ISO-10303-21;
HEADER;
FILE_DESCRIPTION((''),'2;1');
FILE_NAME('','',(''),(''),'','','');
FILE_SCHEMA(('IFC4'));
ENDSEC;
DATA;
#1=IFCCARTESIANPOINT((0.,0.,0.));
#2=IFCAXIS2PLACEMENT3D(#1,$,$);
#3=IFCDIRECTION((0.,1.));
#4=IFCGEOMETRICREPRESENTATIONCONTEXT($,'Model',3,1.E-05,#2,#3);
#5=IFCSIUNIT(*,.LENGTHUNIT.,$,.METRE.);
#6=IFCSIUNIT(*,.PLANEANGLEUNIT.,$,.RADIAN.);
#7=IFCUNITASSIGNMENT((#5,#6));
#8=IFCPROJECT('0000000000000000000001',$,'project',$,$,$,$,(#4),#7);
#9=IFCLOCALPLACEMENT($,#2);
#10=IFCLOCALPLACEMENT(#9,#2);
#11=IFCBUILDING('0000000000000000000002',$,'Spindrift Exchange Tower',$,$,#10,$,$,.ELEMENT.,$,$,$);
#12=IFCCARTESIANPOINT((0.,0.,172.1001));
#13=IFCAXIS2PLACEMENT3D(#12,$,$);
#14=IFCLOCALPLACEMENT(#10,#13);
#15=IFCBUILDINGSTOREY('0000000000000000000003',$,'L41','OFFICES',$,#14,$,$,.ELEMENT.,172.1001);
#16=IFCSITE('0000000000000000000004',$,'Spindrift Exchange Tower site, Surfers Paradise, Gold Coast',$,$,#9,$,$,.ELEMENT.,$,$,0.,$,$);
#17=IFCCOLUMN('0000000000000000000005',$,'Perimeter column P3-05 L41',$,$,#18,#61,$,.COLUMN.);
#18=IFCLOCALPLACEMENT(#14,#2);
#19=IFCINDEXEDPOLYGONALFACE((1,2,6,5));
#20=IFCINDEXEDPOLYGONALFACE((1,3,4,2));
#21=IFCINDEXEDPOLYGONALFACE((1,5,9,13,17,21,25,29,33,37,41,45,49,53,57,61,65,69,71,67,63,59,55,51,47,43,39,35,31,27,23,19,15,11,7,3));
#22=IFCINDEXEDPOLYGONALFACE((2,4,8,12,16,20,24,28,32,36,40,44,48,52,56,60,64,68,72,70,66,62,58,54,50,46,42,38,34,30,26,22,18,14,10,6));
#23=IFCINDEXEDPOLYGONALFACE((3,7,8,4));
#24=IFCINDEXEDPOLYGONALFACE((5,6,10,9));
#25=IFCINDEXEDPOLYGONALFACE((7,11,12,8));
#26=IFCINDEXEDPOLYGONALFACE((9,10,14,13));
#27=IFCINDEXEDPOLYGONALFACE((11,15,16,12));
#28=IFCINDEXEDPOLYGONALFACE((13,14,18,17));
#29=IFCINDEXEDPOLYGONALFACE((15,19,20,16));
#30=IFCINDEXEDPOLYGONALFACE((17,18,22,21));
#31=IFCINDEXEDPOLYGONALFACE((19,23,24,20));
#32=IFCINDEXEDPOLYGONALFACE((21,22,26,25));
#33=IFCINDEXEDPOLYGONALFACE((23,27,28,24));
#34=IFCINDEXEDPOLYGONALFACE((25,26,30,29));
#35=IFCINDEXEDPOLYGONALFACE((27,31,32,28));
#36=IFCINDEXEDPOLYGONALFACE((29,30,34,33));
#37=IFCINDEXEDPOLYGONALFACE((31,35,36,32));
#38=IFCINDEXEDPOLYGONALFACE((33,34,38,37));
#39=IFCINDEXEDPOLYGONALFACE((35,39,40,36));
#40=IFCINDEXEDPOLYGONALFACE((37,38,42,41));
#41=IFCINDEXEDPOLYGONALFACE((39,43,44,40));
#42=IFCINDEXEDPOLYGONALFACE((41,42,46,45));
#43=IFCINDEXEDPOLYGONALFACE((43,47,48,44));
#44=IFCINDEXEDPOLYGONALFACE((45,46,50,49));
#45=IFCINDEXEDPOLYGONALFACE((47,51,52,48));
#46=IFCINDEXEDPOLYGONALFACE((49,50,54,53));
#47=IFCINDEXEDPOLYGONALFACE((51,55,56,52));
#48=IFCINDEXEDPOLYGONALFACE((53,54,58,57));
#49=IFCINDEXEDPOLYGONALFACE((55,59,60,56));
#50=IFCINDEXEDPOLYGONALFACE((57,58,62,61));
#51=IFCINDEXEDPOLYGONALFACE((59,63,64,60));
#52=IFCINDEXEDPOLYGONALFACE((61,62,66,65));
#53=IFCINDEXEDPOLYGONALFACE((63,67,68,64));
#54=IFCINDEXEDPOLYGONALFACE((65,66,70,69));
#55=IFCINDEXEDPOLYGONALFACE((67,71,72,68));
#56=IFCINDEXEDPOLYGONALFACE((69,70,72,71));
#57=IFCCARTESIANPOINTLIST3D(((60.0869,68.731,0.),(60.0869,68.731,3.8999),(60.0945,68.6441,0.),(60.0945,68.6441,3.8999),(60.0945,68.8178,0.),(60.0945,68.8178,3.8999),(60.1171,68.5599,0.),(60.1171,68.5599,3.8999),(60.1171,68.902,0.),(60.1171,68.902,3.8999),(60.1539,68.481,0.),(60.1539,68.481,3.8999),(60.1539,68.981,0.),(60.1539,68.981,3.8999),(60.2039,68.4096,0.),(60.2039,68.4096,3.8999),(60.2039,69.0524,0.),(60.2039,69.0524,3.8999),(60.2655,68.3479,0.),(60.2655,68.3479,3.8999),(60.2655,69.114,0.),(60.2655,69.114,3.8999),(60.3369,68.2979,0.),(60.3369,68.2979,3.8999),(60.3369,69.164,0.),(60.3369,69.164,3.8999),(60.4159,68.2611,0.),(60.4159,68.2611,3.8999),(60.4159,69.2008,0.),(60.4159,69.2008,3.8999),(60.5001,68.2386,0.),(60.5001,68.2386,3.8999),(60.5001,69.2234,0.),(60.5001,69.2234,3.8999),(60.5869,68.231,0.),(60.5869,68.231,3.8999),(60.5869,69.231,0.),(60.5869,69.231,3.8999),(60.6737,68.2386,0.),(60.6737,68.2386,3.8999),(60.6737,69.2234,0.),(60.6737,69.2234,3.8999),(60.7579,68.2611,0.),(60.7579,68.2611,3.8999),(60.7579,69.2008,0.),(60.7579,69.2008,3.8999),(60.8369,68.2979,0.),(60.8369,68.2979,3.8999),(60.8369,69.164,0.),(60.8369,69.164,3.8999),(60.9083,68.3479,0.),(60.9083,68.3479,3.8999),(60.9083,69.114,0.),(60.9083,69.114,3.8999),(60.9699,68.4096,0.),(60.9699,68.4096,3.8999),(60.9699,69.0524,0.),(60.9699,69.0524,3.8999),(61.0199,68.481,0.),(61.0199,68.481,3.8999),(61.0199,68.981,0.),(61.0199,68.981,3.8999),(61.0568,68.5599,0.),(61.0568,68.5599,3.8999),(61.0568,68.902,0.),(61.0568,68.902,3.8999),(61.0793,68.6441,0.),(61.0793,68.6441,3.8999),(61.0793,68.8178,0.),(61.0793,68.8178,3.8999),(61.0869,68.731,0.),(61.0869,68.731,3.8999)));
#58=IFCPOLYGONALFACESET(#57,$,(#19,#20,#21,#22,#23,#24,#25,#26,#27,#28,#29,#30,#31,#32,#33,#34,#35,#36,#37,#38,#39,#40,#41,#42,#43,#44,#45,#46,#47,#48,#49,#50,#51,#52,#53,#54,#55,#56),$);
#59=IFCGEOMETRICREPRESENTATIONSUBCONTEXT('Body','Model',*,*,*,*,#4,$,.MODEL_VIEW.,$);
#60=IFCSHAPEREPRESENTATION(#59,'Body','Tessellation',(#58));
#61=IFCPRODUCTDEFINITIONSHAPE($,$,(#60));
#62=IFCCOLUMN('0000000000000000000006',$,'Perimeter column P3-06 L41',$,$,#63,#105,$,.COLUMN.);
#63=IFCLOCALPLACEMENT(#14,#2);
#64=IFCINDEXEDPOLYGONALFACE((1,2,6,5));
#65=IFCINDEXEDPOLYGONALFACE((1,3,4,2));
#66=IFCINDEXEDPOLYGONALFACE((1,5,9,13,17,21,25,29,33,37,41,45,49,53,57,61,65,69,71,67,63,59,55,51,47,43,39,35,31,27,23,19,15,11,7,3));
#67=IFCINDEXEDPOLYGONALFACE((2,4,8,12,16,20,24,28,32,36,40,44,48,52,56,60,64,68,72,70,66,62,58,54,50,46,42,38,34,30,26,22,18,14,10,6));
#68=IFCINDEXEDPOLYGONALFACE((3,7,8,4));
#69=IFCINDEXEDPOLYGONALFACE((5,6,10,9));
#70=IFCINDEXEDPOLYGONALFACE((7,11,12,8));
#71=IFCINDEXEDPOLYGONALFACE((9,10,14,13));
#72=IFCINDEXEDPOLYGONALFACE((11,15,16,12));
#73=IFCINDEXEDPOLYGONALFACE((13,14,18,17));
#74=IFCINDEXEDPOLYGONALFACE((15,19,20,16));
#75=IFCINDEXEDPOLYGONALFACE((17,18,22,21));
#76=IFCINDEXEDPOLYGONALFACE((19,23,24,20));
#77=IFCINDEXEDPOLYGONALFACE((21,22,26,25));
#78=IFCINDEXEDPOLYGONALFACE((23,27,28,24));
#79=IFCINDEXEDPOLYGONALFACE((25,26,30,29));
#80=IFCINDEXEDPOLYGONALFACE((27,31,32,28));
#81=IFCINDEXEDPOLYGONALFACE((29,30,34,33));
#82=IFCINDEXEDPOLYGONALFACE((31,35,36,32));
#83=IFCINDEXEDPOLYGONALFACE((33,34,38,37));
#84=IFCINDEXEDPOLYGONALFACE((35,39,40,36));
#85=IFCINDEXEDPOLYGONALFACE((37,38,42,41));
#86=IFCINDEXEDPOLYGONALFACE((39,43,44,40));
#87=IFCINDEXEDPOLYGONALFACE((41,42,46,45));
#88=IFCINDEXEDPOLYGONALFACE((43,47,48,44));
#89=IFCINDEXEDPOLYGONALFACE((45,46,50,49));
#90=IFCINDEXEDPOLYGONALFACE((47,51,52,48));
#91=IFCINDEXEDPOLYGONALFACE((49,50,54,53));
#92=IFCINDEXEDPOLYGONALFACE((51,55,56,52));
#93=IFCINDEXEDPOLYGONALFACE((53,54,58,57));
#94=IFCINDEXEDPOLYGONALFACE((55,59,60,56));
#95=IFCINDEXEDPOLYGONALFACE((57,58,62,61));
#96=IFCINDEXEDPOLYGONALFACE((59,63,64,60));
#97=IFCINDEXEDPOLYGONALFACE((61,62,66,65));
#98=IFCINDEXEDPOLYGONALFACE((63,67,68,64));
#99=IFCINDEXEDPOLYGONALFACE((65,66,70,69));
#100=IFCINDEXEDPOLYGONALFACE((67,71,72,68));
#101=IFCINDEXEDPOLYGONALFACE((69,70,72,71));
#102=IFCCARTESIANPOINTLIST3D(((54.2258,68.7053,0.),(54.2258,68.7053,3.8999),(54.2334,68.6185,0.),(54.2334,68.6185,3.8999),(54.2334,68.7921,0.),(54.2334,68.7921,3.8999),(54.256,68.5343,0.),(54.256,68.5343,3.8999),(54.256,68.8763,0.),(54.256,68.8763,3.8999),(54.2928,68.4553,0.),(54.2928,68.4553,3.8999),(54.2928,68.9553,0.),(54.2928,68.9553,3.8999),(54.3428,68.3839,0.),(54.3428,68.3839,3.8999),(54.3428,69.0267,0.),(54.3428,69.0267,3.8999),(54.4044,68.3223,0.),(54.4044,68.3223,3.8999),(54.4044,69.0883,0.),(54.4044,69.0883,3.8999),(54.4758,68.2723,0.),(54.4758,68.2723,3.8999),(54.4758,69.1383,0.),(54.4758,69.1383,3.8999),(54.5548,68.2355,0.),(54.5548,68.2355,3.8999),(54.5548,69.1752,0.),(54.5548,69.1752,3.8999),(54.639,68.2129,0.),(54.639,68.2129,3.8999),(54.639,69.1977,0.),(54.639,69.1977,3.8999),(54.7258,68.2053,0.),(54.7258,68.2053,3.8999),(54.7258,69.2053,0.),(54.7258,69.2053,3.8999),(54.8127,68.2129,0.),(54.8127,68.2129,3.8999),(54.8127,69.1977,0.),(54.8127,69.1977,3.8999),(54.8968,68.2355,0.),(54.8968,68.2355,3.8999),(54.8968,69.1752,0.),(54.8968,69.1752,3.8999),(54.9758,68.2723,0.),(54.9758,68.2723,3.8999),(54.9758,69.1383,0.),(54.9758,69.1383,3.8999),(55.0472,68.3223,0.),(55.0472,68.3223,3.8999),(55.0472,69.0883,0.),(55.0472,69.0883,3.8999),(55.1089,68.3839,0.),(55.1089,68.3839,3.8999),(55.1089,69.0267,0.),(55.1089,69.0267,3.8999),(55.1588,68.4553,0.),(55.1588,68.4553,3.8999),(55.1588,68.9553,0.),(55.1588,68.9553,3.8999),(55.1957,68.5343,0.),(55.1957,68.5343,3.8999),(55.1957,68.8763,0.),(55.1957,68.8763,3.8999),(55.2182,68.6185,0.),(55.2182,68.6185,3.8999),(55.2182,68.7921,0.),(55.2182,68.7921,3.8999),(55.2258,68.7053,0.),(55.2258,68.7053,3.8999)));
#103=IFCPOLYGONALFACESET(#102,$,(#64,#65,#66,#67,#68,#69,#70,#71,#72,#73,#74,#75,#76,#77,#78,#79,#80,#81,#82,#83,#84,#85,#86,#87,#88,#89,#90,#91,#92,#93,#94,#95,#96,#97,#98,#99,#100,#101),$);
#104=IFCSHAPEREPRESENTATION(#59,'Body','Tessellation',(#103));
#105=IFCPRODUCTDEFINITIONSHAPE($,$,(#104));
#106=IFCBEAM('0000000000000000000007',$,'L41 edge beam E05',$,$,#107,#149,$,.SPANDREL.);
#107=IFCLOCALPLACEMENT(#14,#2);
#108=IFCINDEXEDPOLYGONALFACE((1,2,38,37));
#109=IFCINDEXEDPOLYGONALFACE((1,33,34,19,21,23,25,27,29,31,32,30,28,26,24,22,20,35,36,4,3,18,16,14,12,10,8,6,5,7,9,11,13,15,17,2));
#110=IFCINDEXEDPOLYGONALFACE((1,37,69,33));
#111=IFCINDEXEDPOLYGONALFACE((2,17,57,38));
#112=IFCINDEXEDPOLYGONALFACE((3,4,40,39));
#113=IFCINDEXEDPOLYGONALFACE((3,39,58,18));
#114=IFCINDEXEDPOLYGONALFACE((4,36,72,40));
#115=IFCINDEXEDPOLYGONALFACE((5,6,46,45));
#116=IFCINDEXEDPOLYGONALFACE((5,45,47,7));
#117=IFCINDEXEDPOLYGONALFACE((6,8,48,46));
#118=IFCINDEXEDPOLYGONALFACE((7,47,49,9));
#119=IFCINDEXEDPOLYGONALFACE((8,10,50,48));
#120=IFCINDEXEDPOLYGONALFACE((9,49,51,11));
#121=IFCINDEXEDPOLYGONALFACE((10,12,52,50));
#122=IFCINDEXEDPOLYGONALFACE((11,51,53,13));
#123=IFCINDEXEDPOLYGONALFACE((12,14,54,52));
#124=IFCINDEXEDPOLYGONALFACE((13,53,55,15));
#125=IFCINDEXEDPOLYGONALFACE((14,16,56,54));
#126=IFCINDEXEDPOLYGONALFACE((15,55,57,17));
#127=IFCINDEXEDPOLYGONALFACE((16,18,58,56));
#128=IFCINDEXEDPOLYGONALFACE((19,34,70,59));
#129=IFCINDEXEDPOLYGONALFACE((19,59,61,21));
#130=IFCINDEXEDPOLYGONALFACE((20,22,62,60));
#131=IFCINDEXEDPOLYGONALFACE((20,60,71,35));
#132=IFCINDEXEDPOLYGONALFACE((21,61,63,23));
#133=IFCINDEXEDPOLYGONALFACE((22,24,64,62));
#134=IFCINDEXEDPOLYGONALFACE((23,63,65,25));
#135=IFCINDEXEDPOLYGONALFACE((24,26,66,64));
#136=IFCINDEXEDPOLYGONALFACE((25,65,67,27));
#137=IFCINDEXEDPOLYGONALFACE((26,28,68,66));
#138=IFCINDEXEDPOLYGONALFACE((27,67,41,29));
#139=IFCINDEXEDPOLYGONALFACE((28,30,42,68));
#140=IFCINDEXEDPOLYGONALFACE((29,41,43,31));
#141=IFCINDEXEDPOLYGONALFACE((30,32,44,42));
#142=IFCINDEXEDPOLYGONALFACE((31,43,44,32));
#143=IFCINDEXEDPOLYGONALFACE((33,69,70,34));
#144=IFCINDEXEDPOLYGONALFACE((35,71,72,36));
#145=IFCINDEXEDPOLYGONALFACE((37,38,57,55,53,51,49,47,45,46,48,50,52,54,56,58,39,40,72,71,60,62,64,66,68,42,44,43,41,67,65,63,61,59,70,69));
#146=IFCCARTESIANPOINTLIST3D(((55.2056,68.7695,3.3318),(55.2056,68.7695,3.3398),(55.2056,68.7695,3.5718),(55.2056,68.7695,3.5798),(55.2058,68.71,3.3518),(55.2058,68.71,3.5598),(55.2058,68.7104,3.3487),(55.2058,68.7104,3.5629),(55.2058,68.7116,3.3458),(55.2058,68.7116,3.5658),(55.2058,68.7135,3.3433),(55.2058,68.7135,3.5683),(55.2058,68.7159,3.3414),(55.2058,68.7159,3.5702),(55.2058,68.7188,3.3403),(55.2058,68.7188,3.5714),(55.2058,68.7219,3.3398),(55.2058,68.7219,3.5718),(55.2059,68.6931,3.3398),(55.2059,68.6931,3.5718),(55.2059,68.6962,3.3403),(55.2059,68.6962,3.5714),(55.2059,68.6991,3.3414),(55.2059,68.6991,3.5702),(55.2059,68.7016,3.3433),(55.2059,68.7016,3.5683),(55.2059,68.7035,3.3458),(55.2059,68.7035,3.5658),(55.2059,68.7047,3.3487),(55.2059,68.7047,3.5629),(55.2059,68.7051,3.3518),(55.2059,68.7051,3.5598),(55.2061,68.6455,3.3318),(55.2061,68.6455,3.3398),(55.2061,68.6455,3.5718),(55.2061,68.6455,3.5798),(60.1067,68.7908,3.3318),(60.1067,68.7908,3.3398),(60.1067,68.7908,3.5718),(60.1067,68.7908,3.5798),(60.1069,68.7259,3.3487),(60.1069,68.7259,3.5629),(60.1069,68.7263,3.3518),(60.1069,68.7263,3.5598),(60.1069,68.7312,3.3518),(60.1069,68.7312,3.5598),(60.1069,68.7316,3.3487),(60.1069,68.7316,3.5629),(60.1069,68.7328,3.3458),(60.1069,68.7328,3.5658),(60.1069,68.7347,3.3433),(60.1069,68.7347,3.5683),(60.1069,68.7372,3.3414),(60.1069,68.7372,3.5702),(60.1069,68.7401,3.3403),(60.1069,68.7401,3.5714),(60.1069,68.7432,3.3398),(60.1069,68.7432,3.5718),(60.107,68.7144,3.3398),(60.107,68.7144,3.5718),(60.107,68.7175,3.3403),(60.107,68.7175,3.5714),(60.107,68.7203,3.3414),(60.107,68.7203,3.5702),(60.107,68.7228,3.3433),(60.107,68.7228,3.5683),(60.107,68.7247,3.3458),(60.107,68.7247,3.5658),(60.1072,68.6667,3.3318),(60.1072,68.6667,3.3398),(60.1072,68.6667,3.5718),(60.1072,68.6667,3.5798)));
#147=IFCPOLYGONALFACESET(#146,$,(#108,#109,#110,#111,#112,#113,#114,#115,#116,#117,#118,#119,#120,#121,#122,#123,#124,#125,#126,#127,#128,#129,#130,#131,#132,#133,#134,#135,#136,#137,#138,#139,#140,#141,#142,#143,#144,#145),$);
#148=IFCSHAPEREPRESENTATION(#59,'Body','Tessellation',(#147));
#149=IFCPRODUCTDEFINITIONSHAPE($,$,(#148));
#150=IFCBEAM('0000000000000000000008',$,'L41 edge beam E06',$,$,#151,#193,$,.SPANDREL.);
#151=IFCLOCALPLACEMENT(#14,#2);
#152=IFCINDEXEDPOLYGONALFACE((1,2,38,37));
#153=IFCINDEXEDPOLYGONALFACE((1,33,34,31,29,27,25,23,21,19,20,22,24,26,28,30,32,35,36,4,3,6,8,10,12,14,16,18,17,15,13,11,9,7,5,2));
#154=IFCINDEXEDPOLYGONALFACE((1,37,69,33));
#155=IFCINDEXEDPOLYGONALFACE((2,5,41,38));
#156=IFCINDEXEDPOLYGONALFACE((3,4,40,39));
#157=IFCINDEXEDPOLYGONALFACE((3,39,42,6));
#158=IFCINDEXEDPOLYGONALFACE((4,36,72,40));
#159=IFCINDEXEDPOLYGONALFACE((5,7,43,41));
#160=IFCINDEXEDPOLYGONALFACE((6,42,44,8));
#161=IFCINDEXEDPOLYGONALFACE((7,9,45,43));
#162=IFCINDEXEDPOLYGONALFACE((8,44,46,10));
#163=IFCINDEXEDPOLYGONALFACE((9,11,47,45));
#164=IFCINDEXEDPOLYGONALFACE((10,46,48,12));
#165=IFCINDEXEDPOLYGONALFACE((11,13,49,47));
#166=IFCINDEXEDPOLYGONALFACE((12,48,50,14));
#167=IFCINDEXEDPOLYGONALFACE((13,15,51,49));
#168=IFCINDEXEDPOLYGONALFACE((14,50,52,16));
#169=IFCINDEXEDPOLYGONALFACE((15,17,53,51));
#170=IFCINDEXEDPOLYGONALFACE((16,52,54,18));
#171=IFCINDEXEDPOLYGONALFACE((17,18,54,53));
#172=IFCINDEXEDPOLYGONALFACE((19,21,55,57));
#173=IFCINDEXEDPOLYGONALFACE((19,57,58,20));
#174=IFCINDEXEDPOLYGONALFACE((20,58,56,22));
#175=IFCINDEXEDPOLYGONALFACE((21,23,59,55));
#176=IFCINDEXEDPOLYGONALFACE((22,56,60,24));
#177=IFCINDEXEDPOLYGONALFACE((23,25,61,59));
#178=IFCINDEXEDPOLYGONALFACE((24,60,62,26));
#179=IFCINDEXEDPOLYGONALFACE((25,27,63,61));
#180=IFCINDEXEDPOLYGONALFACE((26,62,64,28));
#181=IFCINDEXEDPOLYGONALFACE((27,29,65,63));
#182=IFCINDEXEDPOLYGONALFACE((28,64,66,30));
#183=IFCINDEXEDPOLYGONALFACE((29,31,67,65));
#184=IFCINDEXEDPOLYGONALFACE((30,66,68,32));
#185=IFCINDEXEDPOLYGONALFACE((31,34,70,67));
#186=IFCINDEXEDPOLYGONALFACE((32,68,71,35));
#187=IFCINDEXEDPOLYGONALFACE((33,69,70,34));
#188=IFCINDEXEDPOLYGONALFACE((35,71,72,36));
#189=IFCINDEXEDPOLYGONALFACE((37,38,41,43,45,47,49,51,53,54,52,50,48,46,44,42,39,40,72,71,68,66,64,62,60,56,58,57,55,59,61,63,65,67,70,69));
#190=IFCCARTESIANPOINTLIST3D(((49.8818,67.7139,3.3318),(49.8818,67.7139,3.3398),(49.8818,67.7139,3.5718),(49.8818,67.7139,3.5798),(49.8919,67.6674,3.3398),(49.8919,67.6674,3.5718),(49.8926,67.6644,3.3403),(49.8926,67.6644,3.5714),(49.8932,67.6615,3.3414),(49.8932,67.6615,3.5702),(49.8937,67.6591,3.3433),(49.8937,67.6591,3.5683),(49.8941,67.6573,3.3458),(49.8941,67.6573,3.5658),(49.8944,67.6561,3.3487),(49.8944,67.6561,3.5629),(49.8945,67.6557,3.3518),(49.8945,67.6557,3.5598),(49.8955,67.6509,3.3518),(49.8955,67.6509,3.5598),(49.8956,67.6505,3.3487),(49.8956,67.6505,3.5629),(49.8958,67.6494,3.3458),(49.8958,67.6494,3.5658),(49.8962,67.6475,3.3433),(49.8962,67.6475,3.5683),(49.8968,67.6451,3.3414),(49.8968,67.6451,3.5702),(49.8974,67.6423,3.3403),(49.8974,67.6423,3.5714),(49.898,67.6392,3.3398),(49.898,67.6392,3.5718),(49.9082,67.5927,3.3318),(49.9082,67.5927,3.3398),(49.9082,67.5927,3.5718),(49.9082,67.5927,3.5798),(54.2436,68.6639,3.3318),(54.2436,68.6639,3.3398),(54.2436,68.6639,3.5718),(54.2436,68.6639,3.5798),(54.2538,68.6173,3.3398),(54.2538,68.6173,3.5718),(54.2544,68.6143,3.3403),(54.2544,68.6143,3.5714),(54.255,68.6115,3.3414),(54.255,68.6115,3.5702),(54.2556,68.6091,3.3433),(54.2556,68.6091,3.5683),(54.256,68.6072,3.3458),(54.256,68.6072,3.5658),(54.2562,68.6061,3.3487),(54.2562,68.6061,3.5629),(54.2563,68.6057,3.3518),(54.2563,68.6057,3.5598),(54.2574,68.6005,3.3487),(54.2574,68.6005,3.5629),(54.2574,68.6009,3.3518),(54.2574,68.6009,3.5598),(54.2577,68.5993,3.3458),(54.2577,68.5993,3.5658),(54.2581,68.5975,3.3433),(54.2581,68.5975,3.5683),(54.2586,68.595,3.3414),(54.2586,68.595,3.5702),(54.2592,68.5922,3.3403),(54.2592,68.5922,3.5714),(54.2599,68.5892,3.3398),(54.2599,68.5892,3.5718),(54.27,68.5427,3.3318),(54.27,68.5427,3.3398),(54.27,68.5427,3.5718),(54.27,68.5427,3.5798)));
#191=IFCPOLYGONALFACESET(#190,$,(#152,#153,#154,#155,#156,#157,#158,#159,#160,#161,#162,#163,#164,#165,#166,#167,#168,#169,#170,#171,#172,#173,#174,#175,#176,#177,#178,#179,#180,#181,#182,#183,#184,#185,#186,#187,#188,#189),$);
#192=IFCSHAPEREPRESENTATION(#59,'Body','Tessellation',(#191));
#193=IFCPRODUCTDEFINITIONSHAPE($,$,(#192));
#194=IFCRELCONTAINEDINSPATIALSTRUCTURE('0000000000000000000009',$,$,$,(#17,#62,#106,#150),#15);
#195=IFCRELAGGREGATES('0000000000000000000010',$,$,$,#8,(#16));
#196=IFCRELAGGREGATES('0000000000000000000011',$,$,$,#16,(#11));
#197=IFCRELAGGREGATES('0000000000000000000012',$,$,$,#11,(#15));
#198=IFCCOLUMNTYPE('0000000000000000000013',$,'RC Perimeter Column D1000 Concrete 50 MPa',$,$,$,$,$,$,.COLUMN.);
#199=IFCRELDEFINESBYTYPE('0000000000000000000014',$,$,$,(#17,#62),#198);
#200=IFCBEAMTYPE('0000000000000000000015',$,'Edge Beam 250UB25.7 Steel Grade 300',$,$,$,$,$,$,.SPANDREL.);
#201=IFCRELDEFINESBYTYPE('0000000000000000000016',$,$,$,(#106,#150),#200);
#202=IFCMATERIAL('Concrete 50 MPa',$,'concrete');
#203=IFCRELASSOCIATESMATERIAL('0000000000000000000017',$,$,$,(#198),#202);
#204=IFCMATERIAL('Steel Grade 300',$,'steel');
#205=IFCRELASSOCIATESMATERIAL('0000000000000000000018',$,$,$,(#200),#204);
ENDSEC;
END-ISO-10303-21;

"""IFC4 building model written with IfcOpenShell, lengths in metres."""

from ifc_helpers import new_model, si_unit, direction, frame, origin, origin_2d, place, context, subcontext, project, spatial, circle, i_section, extrude, source, transform, mapped, material, material_profile, profile_set, type_object, element, save


model = new_model("IFC4")

# Units and contexts
model_context = context("Model", 3, precision=1e-05, world=origin(), true_north=direction((0.0, 1.0)))
body_context = subcontext(model_context, "Body", "Model", "MODEL_VIEW")
ifc_project = project(units=[si_unit("LENGTHUNIT", "METRE"), si_unit("PLANEANGLEUNIT", "RADIAN")], contexts=[model_context])

# Site, building, storey
site_placement = place(None, origin())
site = spatial("IfcSite", under=ifc_project, at=site_placement, Name="Spindrift Exchange Tower site, Surfers Paradise, Gold Coast", CompositionType="ELEMENT", RefElevation=0.0)
building_placement = place(site_placement, origin())
building = spatial("IfcBuilding", under=site, at=building_placement, Name="Spindrift Exchange Tower", CompositionType="ELEMENT")
storey_placement = place(building_placement, frame((0.0, 0.0, 172.1001)))
storey = spatial("IfcBuildingStorey", under=building, at=storey_placement, Name="L41", Description="OFFICES", CompositionType="ELEMENT", Elevation=172.1001)

# Columns
ifc_material_1 = material(Name="Concrete 50 MPa", Category="concrete")
ifc_material_profile_1 = material_profile(ifc_material_1, circle(Radius=0.5, at=origin_2d()), Name="RC D1000")
ifc_profile_set_1 = profile_set([ifc_material_profile_1], Name="Concrete 50 MPa")
column_type = type_object("IfcColumnType", Name="RC Perimeter Column D1000 Concrete 50 MPa", PredefinedType="COLUMN", material=ifc_profile_set_1)
shared_shape_1 = source(origin(), body_context, "Body", "SweptSolid", [
    extrude(circle(Radius=0.5, at=origin_2d()), origin(), (0.0, 0.0, 1.0), 3.8999),
])
for number, where, z_axis, x_axis, name in (
    (1, (60.5869, 68.731, 0.0), (0.0, 0.0, 1.0), (1.0, 0.0, 0.0), "Perimeter column P3-05 L41"),
    (2, (54.7258, 68.7053, 0.0), (0.0, 0.0, 1.0), (1.0, 0.0, 0.0), "Perimeter column P3-06 L41"),
):
    element("IfcColumn", number, at=place(storey_placement, frame(where, z_axis=z_axis, x_axis=x_axis)), inside=storey, type_object=column_type, Name=name, PredefinedType="COLUMN", context=body_context, shape_type="MappedRepresentation", body=[
        mapped(shared_shape_1, transform((0.0, 0.0, 0.0), scale=1.0)),
    ])

# Beams
ifc_material_2 = material(Name="Steel Grade 300", Category="steel")
ifc_material_profile_2 = material_profile(ifc_material_2, i_section(OverallWidth=0.124, OverallDepth=0.248, WebThickness=0.0049, FlangeThickness=0.0081, FilletRadius=0.012, at=origin_2d()), Name="250UB25.7")
ifc_profile_set_2 = profile_set([ifc_material_profile_2], Name="Steel Grade 300")
beam_type_1 = type_object("IfcBeamType", Name="Edge Beam 250UB25.7 Steel Grade 300", PredefinedType="SPANDREL", material=ifc_profile_set_2)
shared_shape_2 = source(origin(), body_context, "Body", "SweptSolid", [
    extrude(i_section(OverallWidth=0.124, OverallDepth=0.248, WebThickness=0.0049, FlangeThickness=0.0081, FilletRadius=0.012, at=origin_2d()), origin(), (0.0, 0.0, 1.0), 4.9011),
])
beam_1_placement = place(storey_placement, frame((60.1069, 68.7288, 3.4558), z_axis=(-0.999991, -0.004334, 0.0), x_axis=(0.004334, -0.999991, 0.0)))
element("IfcBeam", 3, at=beam_1_placement, inside=storey, type_object=beam_type_1, Name="L41 edge beam E05", PredefinedType="SPANDREL", context=body_context, shape_type="MappedRepresentation", body=[
    mapped(shared_shape_2, transform((0.0, 0.0, 0.0), scale=1.0)),
])
shared_shape_3 = source(origin(), body_context, "Body", "SweptSolid", [
    extrude(i_section(OverallWidth=0.124, OverallDepth=0.248, WebThickness=0.0049, FlangeThickness=0.0081, FilletRadius=0.012, at=origin_2d()), origin(), (0.0, 0.0, 1.0), 4.4641),
])
beam_2_placement = place(storey_placement, frame((54.2568, 68.6033, 3.4558), z_axis=(-0.977096, -0.2128, 0.0), x_axis=(0.2128, -0.977096, 0.0)))
element("IfcBeam", 4, at=beam_2_placement, inside=storey, type_object=beam_type_1, Name="L41 edge beam E06", PredefinedType="SPANDREL", context=body_context, shape_type="MappedRepresentation", body=[
    mapped(shared_shape_3, transform((0.0, 0.0, 0.0), scale=1.0)),
])

save(model, "model.ifc")
